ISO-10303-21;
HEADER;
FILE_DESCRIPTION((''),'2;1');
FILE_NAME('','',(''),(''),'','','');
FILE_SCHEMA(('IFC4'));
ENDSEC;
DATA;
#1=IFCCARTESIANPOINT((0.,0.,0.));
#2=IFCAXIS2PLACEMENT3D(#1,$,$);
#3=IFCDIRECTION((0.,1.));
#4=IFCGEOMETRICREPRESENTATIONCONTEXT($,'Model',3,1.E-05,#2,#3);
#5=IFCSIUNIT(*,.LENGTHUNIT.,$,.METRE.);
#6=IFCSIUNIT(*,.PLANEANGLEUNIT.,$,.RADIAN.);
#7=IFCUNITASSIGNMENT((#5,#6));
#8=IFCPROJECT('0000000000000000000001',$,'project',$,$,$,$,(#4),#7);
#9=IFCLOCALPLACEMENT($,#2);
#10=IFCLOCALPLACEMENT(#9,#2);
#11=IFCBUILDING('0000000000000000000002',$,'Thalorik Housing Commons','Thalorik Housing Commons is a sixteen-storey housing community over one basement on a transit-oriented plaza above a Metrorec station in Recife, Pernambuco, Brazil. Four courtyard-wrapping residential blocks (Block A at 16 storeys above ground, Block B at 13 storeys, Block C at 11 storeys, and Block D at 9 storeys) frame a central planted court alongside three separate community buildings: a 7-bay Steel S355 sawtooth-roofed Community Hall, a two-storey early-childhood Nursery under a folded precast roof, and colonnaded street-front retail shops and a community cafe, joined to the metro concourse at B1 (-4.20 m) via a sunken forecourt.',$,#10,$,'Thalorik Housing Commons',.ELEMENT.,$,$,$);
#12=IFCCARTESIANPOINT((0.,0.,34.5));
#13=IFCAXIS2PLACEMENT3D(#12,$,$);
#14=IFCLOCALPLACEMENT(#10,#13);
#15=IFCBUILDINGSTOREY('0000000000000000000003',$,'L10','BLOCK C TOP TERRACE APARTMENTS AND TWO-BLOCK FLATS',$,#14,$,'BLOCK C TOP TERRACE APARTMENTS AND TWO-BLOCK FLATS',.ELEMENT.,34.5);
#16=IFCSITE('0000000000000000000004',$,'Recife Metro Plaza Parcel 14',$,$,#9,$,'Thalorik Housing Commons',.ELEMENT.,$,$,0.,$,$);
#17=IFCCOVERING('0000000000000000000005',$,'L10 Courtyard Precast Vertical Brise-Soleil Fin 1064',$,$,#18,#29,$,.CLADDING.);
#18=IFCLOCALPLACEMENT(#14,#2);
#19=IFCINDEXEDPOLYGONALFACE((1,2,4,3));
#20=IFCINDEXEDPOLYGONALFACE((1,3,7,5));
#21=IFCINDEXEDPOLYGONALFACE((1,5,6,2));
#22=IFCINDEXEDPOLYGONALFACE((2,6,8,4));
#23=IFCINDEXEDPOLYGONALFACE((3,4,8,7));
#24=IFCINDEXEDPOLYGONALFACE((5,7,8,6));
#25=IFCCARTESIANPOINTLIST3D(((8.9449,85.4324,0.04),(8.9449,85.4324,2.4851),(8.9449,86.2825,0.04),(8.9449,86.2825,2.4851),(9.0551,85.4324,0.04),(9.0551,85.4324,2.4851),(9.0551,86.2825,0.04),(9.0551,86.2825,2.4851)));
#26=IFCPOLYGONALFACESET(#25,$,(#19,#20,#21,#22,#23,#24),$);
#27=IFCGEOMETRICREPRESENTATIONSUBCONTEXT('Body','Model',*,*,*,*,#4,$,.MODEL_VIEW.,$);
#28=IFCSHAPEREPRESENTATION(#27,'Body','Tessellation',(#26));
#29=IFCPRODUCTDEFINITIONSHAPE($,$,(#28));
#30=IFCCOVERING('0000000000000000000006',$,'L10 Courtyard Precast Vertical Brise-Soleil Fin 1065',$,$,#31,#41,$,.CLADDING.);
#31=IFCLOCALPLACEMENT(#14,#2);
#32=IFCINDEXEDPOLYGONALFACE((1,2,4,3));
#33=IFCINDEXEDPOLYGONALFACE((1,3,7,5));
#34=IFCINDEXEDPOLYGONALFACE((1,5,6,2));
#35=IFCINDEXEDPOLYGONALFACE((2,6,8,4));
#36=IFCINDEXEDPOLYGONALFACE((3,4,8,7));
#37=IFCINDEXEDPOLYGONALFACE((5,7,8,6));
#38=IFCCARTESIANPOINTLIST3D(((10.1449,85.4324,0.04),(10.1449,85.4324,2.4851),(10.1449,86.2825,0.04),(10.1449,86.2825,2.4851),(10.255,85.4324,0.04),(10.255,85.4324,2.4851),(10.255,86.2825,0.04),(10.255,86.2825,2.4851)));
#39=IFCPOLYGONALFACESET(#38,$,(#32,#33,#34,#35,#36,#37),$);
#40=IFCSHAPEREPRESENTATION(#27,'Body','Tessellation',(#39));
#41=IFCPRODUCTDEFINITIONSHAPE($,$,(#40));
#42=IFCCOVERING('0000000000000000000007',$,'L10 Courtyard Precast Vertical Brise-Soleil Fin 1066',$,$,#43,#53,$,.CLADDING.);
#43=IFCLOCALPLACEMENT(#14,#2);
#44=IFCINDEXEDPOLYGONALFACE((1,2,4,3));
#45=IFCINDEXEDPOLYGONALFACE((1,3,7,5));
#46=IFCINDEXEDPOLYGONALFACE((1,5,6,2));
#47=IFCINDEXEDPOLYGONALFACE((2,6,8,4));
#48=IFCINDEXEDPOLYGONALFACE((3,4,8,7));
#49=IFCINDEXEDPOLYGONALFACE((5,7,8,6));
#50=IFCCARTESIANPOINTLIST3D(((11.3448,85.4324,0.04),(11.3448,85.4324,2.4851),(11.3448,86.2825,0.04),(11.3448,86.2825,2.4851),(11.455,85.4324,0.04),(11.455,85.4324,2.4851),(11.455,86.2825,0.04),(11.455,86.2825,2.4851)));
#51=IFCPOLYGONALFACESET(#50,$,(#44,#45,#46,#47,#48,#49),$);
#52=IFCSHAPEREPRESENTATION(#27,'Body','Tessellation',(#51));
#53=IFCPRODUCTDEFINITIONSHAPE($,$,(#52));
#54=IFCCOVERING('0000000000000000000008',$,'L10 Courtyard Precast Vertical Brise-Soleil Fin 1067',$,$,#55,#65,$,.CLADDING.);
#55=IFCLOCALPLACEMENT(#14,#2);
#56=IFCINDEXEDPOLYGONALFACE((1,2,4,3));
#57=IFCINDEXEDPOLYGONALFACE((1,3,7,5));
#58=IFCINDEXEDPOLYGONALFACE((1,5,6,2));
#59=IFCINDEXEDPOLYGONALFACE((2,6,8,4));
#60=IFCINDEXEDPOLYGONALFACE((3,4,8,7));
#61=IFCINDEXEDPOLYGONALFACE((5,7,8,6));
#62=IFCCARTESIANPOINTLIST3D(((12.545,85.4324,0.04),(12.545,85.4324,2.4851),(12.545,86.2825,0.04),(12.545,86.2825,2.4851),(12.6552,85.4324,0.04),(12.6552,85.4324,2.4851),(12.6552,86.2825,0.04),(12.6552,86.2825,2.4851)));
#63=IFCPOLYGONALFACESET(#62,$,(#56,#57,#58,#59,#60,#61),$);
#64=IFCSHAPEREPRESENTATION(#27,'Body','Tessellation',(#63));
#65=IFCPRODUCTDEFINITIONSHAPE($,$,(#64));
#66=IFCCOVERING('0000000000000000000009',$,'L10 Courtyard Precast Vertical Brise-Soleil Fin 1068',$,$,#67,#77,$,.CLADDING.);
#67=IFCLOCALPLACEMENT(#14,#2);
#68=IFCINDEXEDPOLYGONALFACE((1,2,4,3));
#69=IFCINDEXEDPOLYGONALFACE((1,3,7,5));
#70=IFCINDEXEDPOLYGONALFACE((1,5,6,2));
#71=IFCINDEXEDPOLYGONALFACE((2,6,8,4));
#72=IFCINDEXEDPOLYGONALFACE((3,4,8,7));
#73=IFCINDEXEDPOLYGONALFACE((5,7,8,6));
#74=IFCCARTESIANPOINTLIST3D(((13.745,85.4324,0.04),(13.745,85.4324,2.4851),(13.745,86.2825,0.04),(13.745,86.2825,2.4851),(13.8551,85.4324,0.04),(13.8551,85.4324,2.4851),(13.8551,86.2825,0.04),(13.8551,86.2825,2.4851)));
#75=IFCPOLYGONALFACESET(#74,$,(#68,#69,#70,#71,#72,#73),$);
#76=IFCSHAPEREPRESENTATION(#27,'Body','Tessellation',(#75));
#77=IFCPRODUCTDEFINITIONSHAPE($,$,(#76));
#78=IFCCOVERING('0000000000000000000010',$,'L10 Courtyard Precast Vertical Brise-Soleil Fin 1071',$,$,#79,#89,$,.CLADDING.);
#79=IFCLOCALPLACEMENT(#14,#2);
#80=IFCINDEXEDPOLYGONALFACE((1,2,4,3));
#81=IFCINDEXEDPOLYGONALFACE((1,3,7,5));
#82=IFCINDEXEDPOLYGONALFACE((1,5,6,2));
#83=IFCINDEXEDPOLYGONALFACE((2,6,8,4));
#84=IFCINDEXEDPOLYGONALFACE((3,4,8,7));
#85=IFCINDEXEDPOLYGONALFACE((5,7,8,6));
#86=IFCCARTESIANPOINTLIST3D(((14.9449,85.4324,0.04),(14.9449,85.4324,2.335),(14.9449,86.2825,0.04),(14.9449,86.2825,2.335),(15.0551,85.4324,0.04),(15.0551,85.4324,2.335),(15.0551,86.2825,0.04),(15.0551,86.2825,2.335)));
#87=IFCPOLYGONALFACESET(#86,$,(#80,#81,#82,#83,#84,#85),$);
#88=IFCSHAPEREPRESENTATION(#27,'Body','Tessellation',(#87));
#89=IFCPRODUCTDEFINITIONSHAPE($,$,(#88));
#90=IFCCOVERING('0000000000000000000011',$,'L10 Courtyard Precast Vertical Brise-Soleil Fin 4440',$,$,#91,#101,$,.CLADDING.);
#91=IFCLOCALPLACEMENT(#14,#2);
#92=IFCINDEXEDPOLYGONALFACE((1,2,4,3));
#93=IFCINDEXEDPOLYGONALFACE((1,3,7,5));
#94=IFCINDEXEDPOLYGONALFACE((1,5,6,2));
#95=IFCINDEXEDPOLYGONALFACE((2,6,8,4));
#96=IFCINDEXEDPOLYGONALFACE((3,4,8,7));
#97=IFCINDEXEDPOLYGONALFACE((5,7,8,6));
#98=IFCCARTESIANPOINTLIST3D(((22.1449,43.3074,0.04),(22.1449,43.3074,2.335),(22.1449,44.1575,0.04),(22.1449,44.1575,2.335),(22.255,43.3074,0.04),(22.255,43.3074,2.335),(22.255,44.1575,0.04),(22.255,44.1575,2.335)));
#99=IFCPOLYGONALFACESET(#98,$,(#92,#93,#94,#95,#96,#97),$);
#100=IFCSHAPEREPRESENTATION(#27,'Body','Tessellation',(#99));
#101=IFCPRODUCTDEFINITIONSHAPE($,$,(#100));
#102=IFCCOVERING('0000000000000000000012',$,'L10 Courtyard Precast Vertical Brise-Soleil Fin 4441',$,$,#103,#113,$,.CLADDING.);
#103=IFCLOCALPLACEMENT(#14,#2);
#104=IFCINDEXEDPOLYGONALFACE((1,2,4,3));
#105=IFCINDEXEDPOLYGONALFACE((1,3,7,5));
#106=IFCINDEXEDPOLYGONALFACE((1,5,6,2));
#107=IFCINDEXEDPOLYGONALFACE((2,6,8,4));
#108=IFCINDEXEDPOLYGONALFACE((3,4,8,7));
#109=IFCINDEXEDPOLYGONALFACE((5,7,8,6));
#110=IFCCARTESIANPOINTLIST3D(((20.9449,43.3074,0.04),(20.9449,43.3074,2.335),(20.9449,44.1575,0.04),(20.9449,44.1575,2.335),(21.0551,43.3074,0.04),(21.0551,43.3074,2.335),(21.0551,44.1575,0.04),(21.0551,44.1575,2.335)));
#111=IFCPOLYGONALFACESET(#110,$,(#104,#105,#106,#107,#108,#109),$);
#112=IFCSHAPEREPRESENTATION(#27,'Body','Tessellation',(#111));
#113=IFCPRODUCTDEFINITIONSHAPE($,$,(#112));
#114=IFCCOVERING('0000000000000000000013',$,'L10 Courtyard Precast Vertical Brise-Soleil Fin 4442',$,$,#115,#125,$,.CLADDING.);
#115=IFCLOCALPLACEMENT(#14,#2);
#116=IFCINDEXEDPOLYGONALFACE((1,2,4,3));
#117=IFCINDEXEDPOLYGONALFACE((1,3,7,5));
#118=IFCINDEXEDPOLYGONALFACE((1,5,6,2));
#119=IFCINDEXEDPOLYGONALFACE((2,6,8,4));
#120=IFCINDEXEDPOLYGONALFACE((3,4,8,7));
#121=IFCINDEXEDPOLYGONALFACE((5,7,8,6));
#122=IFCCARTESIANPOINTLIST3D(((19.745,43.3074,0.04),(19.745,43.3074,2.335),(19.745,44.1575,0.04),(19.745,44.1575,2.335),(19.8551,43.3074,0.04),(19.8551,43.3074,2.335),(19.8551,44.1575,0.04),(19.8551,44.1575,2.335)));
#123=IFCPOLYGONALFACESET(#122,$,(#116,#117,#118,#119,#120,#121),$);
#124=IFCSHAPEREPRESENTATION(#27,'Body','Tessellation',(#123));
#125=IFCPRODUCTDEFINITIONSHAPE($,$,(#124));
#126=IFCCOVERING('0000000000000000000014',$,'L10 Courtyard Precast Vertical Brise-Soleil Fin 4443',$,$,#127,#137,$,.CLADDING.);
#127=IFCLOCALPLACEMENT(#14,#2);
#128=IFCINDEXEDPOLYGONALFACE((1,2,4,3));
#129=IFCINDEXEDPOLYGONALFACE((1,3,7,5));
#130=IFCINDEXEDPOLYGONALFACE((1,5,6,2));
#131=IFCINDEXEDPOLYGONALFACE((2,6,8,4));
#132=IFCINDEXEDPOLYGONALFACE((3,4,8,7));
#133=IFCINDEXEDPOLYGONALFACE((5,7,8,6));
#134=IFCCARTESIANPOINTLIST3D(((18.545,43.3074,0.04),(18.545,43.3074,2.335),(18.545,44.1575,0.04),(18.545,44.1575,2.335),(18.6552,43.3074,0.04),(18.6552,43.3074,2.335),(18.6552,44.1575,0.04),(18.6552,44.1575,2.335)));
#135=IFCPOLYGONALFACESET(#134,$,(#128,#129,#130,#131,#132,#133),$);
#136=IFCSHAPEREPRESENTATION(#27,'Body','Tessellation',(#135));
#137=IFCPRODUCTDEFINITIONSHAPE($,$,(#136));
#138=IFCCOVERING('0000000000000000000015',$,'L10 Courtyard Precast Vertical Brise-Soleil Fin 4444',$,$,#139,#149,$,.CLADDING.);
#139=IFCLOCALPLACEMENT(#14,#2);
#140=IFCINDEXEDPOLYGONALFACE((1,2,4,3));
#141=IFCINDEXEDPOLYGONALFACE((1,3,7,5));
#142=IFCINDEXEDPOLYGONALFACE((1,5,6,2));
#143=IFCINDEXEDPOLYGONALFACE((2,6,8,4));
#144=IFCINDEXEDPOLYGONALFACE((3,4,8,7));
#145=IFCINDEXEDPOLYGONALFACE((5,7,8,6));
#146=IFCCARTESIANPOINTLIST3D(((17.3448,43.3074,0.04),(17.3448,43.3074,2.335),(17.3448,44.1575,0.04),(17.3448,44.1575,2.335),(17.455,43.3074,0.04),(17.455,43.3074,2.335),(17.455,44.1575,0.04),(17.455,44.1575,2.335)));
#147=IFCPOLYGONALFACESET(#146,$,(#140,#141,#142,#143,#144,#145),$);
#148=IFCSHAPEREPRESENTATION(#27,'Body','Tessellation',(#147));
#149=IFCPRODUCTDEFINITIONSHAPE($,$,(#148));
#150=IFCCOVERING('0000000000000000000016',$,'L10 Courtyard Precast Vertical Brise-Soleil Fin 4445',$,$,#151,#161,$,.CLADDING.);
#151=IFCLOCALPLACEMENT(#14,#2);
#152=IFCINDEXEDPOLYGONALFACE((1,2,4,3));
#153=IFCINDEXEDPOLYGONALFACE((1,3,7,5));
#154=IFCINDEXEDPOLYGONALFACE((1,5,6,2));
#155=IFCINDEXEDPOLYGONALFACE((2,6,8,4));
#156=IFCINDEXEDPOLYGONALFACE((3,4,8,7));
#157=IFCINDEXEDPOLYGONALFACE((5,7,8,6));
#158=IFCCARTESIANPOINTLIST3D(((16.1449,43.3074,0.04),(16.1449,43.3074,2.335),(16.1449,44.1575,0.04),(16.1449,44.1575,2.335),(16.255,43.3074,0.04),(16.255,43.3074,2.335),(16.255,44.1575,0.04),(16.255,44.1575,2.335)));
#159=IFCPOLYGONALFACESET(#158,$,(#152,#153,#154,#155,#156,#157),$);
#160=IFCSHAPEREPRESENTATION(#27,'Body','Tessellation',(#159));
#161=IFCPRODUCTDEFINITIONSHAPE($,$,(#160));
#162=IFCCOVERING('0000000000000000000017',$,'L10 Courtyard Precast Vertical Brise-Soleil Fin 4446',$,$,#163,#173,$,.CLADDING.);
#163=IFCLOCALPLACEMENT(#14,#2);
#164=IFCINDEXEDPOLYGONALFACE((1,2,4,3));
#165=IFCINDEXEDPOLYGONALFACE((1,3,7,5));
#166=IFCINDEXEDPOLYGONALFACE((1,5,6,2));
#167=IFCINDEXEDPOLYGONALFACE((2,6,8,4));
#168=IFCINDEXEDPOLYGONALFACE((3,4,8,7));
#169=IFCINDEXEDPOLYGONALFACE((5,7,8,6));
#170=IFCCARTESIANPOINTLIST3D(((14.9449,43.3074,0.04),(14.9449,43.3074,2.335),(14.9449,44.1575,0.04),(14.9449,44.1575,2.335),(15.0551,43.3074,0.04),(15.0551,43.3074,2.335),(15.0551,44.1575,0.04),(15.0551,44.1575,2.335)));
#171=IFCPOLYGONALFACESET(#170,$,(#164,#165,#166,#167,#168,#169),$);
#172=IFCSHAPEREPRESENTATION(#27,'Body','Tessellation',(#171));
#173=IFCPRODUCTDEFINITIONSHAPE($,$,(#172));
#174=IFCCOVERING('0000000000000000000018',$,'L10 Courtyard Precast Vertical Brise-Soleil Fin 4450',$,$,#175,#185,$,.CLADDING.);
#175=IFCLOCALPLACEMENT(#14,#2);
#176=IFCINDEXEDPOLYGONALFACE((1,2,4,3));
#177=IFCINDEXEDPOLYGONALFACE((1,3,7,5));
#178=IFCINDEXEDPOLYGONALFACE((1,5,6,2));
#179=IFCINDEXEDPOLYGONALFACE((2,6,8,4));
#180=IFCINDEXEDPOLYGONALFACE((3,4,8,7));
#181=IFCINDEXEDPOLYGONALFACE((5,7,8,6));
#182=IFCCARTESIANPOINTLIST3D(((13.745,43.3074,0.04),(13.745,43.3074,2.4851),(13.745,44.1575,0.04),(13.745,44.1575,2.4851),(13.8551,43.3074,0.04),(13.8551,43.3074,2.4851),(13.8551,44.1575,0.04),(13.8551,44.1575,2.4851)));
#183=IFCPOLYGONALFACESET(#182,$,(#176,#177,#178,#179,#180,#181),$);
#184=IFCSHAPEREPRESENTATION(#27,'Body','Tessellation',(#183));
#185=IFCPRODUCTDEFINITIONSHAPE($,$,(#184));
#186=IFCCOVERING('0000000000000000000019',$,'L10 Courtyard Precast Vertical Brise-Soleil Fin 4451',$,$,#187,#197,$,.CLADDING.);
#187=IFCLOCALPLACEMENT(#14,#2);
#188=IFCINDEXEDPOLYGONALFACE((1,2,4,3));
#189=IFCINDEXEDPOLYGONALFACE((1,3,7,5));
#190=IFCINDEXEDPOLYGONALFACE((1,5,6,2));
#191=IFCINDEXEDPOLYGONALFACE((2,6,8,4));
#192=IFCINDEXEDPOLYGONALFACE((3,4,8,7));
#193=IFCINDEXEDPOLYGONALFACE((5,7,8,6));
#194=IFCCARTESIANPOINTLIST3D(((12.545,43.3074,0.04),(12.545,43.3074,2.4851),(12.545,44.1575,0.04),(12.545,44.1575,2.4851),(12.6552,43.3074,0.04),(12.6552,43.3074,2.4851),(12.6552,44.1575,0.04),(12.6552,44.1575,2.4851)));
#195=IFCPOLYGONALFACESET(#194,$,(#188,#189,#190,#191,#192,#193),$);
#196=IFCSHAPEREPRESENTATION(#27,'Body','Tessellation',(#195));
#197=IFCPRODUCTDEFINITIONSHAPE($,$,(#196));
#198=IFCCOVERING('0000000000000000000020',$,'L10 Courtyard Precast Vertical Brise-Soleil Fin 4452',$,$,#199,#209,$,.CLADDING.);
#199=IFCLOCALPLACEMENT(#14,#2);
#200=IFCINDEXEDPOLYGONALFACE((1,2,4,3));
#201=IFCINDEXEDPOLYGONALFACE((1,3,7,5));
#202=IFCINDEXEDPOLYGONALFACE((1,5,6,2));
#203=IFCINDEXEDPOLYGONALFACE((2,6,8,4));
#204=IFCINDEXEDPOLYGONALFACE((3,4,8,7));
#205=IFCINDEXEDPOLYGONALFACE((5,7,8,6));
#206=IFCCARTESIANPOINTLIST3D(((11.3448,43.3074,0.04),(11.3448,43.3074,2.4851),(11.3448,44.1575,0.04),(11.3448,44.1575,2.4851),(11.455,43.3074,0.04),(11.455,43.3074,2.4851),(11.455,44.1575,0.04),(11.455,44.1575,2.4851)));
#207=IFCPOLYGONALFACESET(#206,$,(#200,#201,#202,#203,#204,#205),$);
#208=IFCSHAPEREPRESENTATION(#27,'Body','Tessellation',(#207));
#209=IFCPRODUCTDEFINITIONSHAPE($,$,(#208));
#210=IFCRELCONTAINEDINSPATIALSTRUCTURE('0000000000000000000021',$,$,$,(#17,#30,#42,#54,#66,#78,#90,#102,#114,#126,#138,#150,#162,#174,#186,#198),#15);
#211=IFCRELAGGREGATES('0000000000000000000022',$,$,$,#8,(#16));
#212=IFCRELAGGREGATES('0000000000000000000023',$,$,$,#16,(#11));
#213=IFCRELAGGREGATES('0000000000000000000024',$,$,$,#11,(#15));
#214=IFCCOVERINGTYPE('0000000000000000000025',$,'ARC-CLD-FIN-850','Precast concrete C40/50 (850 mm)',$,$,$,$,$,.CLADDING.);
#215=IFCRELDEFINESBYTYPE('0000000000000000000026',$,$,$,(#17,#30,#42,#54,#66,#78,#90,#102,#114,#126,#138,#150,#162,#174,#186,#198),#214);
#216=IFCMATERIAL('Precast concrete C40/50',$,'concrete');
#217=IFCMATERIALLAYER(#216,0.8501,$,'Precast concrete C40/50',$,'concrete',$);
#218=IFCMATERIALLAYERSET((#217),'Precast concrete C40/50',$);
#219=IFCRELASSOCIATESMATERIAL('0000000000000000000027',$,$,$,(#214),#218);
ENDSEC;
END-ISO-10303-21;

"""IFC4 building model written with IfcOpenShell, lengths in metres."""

from ifc_helpers import new_model, si_unit, direction, frame, origin, origin_2d, place, context, subcontext, project, spatial, rectangle, extrude, material, layer, layer_set, type_object, element, save


model = new_model("IFC4")

# Units and contexts
model_context = context("Model", 3, precision=1e-05, world=origin(), true_north=direction((0.0, 1.0)))
body_context = subcontext(model_context, "Body", "Model", "MODEL_VIEW")
ifc_project = project(units=[si_unit("LENGTHUNIT", "METRE"), si_unit("PLANEANGLEUNIT", "RADIAN")], contexts=[model_context])

# Site, building, storey
site_placement = place(None, origin())
site = spatial("IfcSite", under=ifc_project, at=site_placement, Name="Recife Metro Plaza Parcel 14", LongName="Thalorik Housing Commons", CompositionType="ELEMENT", RefElevation=0.0)
building_placement = place(site_placement, origin())
building = spatial("IfcBuilding", under=site, at=building_placement, Name="Thalorik Housing Commons", Description="Thalorik Housing Commons is a sixteen-storey housing community over one basement on a transit-oriented plaza above a Metrorec station in Recife, Pernambuco, Brazil. Four courtyard-wrapping residential blocks (Block A at 16 storeys above ground, Block B at 13 storeys, Block C at 11 storeys, and Block D at 9 storeys) frame a central planted court alongside three separate community buildings: a 7-bay Steel S355 sawtooth-roofed Community Hall, a two-storey early-childhood Nursery under a folded precast roof, and colonnaded street-front retail shops and a community cafe, joined to the metro concourse at B1 (-4.20 m) via a sunken forecourt.", LongName="Thalorik Housing Commons", CompositionType="ELEMENT")
storey_placement = place(building_placement, frame((0.0, 0.0, 34.5)))
storey = spatial("IfcBuildingStorey", under=building, at=storey_placement, Name="L10", Description="BLOCK C TOP TERRACE APARTMENTS AND TWO-BLOCK FLATS", LongName="BLOCK C TOP TERRACE APARTMENTS AND TWO-BLOCK FLATS", CompositionType="ELEMENT", Elevation=34.5)

# Coverings
ifc_material = material(Name="Precast concrete C40/50", Category="concrete")
ifc_layer = layer(ifc_material, 0.8501, Name="Precast concrete C40/50", Category="concrete")
ifc_layer_set = layer_set([ifc_layer], Name="Precast concrete C40/50")
covering_type = type_object("IfcCoveringType", Name="ARC-CLD-FIN-850", Description="Precast concrete C40/50 (850 mm)", PredefinedType="CLADDING", material=ifc_layer_set)
for number, where, z_axis, x_axis, name in (
    (1, (9.0, 85.8574, 0.04), (0.0, 0.0, 1.0), (1.0, 0.0, 0.0), "L10 Courtyard Precast Vertical Brise-Soleil Fin 1064"),
    (2, (10.2, 85.8574, 0.04), (0.0, 0.0, 1.0), (1.0, 0.0, 0.0), "L10 Courtyard Precast Vertical Brise-Soleil Fin 1065"),
    (3, (11.3999, 85.8574, 0.04), (0.0, 0.0, 1.0), (1.0, 0.0, 0.0), "L10 Courtyard Precast Vertical Brise-Soleil Fin 1066"),
    (4, (12.6001, 85.8574, 0.04), (0.0, 0.0, 1.0), (1.0, 0.0, 0.0), "L10 Courtyard Precast Vertical Brise-Soleil Fin 1067"),
    (5, (13.8, 85.8574, 0.04), (0.0, 0.0, 1.0), (1.0, 0.0, 0.0), "L10 Courtyard Precast Vertical Brise-Soleil Fin 1068"),
):
    element("IfcCovering", number, at=place(storey_placement, frame(where, z_axis=z_axis, x_axis=x_axis)), inside=storey, type_object=covering_type, Name=name, PredefinedType="CLADDING", context=body_context, shape_type="SweptSolid", body=[
        extrude(rectangle(XDim=0.1101, YDim=0.8501, at=origin_2d()), origin(), (0.0, 0.0, 1.0), 2.4451),
    ])
for number, where, z_axis, x_axis, name in (
    (6, (15.0, 85.8574, 0.04), (0.0, 0.0, 1.0), (1.0, 0.0, 0.0), "L10 Courtyard Precast Vertical Brise-Soleil Fin 1071"),
    (7, (22.2, 43.7324, 0.04), (0.0, 0.0, 1.0), (-1.0, 0.0, 0.0), "L10 Courtyard Precast Vertical Brise-Soleil Fin 4440"),
    (8, (21.0, 43.7324, 0.04), (0.0, 0.0, 1.0), (-1.0, 0.0, 0.0), "L10 Courtyard Precast Vertical Brise-Soleil Fin 4441"),
    (9, (19.8, 43.7324, 0.04), (0.0, 0.0, 1.0), (-1.0, 0.0, 0.0), "L10 Courtyard Precast Vertical Brise-Soleil Fin 4442"),
    (10, (18.6001, 43.7324, 0.04), (0.0, 0.0, 1.0), (-1.0, 0.0, 0.0), "L10 Courtyard Precast Vertical Brise-Soleil Fin 4443"),
    (11, (17.3999, 43.7324, 0.04), (0.0, 0.0, 1.0), (-1.0, 0.0, 0.0), "L10 Courtyard Precast Vertical Brise-Soleil Fin 4444"),
    (12, (16.2, 43.7324, 0.04), (0.0, 0.0, 1.0), (-1.0, 0.0, 0.0), "L10 Courtyard Precast Vertical Brise-Soleil Fin 4445"),
    (13, (15.0, 43.7324, 0.04), (0.0, 0.0, 1.0), (-1.0, 0.0, 0.0), "L10 Courtyard Precast Vertical Brise-Soleil Fin 4446"),
):
    element("IfcCovering", number, at=place(storey_placement, frame(where, z_axis=z_axis, x_axis=x_axis)), inside=storey, type_object=covering_type, Name=name, PredefinedType="CLADDING", context=body_context, shape_type="SweptSolid", body=[
        extrude(rectangle(XDim=0.1101, YDim=0.8501, at=origin_2d()), origin(), (0.0, 0.0, 1.0), 2.2949),
    ])
for number, where, z_axis, x_axis, name in (
    (14, (13.8, 43.7324, 0.04), (0.0, 0.0, 1.0), (-1.0, 0.0, 0.0), "L10 Courtyard Precast Vertical Brise-Soleil Fin 4450"),
    (15, (12.6001, 43.7324, 0.04), (0.0, 0.0, 1.0), (-1.0, 0.0, 0.0), "L10 Courtyard Precast Vertical Brise-Soleil Fin 4451"),
    (16, (11.3999, 43.7324, 0.04), (0.0, 0.0, 1.0), (-1.0, 0.0, 0.0), "L10 Courtyard Precast Vertical Brise-Soleil Fin 4452"),
):
    element("IfcCovering", number, at=place(storey_placement, frame(where, z_axis=z_axis, x_axis=x_axis)), inside=storey, type_object=covering_type, Name=name, PredefinedType="CLADDING", context=body_context, shape_type="SweptSolid", body=[
        extrude(rectangle(XDim=0.1101, YDim=0.8501, at=origin_2d()), origin(), (0.0, 0.0, 1.0), 2.4451),
    ])

save(model, "model.ifc")
